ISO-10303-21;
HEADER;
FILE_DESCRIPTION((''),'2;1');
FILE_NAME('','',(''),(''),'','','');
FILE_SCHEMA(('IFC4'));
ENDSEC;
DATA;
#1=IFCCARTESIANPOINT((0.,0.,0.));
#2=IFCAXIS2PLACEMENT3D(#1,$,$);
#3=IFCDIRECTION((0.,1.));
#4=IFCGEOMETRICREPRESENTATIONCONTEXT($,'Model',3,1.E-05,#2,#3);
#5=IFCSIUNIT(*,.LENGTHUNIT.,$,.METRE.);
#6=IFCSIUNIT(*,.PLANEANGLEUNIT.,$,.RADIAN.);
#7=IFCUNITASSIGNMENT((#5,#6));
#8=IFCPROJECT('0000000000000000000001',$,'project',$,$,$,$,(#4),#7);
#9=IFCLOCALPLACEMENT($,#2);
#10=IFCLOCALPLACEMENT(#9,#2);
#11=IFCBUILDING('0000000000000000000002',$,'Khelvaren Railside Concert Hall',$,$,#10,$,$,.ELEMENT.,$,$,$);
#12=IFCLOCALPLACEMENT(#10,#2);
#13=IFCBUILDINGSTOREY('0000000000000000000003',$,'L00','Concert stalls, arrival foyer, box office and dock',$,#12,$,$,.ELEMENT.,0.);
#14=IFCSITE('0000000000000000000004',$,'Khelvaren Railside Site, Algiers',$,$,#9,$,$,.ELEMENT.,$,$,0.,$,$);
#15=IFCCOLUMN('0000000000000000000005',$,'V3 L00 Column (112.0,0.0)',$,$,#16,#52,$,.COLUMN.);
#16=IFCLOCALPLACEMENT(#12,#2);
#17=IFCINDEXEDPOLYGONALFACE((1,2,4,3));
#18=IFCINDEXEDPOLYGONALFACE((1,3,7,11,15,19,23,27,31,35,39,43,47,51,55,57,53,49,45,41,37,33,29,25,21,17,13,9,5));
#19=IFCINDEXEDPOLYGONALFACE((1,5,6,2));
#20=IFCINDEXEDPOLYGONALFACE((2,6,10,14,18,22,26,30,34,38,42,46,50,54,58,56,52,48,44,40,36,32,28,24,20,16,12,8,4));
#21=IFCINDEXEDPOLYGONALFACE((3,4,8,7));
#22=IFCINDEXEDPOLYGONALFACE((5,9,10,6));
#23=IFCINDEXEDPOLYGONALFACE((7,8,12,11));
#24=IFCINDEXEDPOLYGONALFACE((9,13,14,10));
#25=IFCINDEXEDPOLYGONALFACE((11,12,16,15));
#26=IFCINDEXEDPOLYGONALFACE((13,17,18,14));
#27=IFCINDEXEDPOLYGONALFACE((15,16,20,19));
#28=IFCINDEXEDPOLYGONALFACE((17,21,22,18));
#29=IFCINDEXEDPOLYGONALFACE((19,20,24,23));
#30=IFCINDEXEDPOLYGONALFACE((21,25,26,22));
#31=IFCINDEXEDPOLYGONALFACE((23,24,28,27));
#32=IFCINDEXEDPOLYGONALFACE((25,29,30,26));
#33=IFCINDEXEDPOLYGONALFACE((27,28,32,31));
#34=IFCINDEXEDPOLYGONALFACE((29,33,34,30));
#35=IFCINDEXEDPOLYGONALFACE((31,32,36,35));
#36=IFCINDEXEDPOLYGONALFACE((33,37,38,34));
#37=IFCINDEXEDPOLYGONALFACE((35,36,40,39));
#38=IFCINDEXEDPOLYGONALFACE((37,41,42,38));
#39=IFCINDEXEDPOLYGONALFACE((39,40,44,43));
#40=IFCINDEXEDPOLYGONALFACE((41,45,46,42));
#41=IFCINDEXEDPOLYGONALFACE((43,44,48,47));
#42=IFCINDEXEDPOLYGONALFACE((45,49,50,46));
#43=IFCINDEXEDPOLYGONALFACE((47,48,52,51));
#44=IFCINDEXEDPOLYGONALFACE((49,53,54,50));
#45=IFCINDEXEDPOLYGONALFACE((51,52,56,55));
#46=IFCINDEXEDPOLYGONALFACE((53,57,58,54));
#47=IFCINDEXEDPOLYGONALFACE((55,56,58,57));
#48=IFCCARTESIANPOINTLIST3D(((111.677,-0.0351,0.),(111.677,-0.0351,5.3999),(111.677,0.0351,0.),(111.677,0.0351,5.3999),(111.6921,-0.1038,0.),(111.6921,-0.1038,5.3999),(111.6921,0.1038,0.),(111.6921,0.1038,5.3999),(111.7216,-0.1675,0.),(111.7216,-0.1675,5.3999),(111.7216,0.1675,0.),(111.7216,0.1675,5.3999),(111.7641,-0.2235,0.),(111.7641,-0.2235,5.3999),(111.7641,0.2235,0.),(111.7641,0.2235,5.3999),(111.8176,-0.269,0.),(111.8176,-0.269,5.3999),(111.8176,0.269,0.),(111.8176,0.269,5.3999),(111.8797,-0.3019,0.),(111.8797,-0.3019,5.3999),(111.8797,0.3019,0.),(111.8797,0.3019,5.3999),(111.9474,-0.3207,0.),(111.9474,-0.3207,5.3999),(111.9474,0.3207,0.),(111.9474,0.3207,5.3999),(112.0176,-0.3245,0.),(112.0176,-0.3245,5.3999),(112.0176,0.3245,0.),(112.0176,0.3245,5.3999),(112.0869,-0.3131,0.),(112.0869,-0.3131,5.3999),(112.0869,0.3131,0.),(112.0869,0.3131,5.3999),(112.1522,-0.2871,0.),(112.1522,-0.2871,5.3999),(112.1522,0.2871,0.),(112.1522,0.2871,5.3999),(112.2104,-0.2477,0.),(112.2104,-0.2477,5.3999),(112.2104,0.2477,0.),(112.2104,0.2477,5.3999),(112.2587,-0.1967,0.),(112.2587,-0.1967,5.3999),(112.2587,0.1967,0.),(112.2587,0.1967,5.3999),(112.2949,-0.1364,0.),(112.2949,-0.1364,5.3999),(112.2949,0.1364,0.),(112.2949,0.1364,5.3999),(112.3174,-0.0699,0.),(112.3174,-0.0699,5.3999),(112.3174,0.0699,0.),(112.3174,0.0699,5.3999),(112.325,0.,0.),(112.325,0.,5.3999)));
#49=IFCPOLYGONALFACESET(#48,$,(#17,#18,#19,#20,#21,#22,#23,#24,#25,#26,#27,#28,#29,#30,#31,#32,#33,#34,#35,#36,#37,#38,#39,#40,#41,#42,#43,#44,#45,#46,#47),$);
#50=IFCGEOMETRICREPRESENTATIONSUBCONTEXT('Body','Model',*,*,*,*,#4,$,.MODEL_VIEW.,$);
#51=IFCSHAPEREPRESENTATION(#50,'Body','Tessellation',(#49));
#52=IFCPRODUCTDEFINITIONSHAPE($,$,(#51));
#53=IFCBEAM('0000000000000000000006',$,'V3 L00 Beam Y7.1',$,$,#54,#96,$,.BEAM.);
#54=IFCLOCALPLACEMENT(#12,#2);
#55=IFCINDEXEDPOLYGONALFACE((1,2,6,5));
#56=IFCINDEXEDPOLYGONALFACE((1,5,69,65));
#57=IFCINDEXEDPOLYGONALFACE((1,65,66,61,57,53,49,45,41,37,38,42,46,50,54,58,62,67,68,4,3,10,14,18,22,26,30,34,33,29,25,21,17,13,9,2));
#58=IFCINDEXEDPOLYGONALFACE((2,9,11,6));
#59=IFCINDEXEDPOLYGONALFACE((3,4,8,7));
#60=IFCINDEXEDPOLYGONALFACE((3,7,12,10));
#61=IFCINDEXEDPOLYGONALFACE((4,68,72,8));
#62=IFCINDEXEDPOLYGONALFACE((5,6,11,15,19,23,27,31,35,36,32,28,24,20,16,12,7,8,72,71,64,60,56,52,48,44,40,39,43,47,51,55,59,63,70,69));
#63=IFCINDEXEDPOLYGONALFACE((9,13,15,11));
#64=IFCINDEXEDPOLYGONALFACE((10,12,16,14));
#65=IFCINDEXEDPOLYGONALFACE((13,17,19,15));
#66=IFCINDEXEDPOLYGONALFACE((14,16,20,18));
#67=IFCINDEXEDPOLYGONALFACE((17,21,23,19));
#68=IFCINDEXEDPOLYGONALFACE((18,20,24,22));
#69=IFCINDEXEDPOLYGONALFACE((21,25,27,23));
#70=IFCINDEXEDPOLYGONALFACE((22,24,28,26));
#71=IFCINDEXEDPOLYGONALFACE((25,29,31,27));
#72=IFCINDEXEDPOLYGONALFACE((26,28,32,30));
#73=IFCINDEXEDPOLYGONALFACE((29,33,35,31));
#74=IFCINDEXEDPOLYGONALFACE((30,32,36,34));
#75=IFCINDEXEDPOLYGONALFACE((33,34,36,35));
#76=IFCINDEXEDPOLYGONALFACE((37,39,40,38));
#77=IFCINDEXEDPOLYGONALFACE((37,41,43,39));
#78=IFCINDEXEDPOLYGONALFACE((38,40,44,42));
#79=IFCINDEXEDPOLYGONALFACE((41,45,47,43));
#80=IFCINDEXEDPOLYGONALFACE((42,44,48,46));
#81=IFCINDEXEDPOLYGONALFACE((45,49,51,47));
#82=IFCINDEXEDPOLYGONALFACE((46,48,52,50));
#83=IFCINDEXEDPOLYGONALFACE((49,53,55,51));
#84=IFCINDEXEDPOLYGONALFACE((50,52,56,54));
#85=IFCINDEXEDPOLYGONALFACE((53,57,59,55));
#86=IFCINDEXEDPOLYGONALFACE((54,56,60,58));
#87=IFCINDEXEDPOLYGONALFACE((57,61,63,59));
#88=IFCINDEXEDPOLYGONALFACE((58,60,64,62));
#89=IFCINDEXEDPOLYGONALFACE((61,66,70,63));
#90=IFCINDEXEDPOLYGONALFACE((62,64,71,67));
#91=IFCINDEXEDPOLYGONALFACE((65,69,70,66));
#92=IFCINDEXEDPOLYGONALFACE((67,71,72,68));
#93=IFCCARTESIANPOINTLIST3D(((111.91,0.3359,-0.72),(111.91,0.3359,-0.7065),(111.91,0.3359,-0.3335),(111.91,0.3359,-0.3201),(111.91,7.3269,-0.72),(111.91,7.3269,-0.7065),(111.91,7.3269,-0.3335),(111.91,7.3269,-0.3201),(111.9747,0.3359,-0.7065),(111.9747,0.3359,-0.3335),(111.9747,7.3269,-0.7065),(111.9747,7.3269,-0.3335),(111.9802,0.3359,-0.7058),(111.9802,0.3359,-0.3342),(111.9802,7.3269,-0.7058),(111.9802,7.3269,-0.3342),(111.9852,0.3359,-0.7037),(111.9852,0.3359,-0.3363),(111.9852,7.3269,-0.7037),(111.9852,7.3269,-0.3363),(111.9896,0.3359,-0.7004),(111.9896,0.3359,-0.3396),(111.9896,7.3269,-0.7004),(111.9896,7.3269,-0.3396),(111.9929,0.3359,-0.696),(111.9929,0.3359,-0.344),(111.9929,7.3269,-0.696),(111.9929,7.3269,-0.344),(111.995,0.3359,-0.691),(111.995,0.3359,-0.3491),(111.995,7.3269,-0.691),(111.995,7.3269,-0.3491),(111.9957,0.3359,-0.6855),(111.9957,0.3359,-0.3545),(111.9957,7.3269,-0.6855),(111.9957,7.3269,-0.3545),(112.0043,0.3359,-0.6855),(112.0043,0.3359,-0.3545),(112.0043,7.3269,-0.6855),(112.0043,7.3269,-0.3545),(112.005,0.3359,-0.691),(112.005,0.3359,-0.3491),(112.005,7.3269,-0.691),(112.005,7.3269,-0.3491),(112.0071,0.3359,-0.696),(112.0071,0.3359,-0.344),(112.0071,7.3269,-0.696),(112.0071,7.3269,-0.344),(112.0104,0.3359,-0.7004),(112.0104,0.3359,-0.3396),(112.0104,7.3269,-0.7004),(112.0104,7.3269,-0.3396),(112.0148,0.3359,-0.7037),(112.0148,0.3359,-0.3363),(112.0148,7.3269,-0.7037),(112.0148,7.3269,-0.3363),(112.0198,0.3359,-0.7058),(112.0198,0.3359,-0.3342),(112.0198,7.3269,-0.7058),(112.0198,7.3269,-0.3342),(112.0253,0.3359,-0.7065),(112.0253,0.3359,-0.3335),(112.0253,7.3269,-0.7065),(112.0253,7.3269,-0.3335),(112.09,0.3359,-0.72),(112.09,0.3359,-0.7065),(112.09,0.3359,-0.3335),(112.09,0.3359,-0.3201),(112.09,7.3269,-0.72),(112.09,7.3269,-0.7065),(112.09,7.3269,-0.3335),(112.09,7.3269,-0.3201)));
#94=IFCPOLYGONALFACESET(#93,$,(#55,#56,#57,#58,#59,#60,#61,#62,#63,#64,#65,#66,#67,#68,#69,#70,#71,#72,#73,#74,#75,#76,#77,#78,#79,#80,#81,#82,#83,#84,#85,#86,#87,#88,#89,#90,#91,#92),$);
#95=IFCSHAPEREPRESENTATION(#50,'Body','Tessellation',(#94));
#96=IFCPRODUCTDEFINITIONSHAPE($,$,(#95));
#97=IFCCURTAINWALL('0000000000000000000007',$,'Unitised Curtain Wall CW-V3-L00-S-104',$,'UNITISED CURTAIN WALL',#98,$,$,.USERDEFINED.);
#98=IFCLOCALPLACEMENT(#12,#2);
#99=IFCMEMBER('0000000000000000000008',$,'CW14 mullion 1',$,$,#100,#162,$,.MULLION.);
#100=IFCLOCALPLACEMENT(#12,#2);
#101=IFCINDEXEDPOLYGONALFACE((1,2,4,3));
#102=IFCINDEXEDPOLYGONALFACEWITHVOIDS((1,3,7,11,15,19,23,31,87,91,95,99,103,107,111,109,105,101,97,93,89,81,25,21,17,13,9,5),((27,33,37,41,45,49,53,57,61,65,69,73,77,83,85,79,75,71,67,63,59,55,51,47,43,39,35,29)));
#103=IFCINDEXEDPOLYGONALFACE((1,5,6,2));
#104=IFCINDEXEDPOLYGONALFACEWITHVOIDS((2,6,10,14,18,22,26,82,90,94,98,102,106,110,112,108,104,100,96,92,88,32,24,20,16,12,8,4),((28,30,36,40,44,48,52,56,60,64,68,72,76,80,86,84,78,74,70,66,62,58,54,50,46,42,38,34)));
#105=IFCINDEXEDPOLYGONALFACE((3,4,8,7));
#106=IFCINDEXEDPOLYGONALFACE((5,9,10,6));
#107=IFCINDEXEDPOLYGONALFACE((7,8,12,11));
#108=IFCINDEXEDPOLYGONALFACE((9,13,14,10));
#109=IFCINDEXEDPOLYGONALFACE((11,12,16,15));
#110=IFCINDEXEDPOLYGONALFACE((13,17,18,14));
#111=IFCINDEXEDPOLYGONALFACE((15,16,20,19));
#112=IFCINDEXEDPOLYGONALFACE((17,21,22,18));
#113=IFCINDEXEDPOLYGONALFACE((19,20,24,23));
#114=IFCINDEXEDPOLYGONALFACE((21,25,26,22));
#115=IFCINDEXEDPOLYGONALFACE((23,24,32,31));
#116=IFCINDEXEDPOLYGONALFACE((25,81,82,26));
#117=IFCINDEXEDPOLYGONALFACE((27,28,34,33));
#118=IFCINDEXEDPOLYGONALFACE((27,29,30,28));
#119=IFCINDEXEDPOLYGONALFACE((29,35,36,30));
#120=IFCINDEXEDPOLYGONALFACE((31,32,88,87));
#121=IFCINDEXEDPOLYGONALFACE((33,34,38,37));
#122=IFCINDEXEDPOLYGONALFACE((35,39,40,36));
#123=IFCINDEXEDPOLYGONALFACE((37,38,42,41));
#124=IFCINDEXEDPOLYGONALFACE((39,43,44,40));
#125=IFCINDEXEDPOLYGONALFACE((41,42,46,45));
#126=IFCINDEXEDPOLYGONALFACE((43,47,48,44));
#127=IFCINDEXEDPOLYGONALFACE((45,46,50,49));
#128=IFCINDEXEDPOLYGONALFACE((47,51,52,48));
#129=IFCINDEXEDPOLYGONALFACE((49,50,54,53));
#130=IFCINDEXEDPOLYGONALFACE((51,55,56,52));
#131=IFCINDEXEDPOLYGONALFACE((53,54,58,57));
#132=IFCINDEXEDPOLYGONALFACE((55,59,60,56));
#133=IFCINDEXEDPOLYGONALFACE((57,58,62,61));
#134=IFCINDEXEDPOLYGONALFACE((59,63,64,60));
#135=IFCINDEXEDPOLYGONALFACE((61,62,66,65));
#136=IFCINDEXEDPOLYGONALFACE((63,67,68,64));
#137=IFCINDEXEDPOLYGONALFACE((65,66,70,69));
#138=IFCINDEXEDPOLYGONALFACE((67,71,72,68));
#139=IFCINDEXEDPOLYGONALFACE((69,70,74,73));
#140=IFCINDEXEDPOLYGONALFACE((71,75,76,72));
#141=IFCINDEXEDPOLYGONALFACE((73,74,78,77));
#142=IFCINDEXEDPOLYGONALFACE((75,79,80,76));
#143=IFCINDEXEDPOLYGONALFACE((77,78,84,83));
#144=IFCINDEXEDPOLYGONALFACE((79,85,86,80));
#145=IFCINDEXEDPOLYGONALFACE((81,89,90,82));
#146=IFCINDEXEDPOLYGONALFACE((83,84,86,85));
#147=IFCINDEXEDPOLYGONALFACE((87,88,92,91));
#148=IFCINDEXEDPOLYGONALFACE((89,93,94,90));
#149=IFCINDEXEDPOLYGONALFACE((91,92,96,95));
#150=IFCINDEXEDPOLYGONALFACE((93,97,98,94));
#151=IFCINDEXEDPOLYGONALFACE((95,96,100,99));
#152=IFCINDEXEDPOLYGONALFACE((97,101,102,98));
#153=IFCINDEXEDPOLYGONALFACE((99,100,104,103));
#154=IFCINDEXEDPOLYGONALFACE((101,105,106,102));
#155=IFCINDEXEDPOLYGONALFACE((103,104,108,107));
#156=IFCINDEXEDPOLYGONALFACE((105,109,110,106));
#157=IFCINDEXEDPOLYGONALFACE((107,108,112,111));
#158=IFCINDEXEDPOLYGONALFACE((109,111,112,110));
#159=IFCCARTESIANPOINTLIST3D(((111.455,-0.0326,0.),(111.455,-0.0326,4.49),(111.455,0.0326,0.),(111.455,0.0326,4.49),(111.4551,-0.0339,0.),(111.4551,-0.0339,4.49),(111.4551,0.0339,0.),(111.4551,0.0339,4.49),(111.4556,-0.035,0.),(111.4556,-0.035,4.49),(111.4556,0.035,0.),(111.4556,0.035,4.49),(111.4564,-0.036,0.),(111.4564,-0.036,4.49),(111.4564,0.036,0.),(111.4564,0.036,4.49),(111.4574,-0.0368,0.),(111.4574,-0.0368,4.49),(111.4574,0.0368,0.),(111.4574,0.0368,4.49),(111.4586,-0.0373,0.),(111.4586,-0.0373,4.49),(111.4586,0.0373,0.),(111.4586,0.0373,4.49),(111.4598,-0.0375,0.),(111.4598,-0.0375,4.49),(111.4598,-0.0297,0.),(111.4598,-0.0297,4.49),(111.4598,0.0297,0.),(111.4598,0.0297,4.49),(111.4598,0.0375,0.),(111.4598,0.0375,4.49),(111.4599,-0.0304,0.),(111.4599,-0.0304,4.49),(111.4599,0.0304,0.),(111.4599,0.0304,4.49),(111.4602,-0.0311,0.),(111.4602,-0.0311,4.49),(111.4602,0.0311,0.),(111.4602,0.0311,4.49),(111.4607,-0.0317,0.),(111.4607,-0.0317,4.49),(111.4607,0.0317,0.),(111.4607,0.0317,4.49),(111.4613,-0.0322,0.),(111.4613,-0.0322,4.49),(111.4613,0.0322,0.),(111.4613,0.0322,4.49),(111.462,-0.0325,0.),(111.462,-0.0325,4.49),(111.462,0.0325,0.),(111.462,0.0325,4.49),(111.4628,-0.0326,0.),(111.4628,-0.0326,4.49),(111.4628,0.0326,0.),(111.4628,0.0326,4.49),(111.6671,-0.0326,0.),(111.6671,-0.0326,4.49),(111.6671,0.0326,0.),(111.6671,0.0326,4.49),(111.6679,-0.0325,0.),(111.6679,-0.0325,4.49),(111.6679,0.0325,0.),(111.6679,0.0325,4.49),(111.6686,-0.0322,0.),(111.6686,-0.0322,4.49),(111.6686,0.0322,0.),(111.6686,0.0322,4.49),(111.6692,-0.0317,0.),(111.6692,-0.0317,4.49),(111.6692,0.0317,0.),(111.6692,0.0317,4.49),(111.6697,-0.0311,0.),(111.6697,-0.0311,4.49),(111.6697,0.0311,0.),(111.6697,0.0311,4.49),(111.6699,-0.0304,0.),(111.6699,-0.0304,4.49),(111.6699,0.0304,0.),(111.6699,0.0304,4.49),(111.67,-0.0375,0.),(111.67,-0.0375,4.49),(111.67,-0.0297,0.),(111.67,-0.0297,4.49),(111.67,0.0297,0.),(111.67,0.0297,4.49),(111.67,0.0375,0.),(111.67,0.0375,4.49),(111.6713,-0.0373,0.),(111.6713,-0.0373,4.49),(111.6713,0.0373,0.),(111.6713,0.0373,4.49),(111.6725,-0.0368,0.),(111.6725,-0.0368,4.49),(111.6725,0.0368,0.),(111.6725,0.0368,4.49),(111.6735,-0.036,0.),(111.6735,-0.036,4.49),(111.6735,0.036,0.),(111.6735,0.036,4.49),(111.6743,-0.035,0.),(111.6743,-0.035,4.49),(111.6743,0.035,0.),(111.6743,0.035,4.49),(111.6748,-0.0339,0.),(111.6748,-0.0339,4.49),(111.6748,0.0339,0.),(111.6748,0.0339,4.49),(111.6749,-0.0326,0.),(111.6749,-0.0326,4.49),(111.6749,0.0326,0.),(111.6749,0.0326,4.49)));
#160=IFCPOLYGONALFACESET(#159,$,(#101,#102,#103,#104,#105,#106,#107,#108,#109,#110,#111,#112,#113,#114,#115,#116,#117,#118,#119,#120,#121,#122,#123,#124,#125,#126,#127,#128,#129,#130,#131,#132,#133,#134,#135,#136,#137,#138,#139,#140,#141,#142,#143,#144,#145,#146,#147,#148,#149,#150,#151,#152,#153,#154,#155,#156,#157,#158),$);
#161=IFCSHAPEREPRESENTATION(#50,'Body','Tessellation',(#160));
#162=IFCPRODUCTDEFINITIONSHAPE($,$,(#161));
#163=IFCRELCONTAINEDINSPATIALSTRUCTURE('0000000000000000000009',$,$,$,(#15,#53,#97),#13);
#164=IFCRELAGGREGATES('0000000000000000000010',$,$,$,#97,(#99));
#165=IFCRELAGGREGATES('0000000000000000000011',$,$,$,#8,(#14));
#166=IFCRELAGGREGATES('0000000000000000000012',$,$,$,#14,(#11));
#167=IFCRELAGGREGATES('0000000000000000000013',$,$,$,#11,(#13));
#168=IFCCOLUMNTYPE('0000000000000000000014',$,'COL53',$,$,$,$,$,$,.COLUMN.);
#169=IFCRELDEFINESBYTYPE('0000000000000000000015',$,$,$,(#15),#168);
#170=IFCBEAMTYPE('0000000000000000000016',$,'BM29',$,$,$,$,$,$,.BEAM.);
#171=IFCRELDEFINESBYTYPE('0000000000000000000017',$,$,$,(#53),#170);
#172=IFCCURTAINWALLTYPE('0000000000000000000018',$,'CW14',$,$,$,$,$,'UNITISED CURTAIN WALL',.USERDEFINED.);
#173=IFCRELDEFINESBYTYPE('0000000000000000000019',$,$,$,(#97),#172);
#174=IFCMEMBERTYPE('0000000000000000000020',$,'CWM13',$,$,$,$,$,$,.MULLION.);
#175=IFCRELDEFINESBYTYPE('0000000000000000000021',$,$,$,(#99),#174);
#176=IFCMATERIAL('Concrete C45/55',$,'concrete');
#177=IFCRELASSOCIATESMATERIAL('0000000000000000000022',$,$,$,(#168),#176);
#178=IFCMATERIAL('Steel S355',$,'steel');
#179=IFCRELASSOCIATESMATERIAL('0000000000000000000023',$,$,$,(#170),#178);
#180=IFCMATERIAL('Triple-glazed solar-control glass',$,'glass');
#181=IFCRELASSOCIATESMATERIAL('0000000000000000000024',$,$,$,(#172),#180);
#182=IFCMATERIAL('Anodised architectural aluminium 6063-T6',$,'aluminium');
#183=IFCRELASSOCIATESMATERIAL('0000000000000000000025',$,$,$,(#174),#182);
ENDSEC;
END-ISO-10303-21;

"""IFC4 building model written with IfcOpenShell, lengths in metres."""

from ifc_helpers import new_model, si_unit, direction, frame, origin, origin_2d, place, context, subcontext, project, spatial, hollow_rectangle, circle, i_section, extrude, material, material_profile, profile_set, type_object, element, aggregate, save


model = new_model("IFC4")

# Units and contexts
model_context = context("Model", 3, precision=1e-05, world=origin(), true_north=direction((0.0, 1.0)))
body_context = subcontext(model_context, "Body", "Model", "MODEL_VIEW")
ifc_project = project(units=[si_unit("LENGTHUNIT", "METRE"), si_unit("PLANEANGLEUNIT", "RADIAN")], contexts=[model_context])

# Site, building, storey
site_placement = place(None, origin())
site = spatial("IfcSite", under=ifc_project, at=site_placement, Name="Khelvaren Railside Site, Algiers", CompositionType="ELEMENT", RefElevation=0.0)
building_placement = place(site_placement, origin())
building = spatial("IfcBuilding", under=site, at=building_placement, Name="Khelvaren Railside Concert Hall", CompositionType="ELEMENT")
storey_placement = place(building_placement, origin())
storey = spatial("IfcBuildingStorey", under=building, at=storey_placement, Name="L00", Description="Concert stalls, arrival foyer, box office and dock", CompositionType="ELEMENT", Elevation=0.0)

# Column
ifc_material_1 = material(Name="Concrete C45/55", Category="concrete")
ifc_material_profile_1 = material_profile(ifc_material_1, circle(Radius=0.325, at=origin_2d()), Name="RC D650")
ifc_profile_set_1 = profile_set([ifc_material_profile_1], Name="Concrete C45/55")
column_type = type_object("IfcColumnType", Name="COL53", PredefinedType="COLUMN", material=ifc_profile_set_1)
column_placement = place(storey_placement, frame((112.0, 0.0, 0.0), z_axis=(0.0, 0.0, 1.0), x_axis=(1.0, 0.0, 0.0)))
element("IfcColumn", 1, at=column_placement, inside=storey, type_object=column_type, Name="V3 L00 Column (112.0,0.0)", PredefinedType="COLUMN", context=body_context, shape_type="SweptSolid", body=[
    extrude(circle(Radius=0.325, at=origin_2d()), origin(), (0.0, 0.0, 1.0), 5.3999),
])

# Beam
ifc_material_2 = material(Name="Steel S355", Category="steel")
ifc_material_profile_2 = material_profile(ifc_material_2, i_section(OverallWidth=0.1799, OverallDepth=0.3999, WebThickness=0.0085, FlangeThickness=0.0134, FilletRadius=0.021, at=origin_2d()), Name="IPE 400")
ifc_profile_set_2 = profile_set([ifc_material_profile_2], Name="Steel S355")
beam_type_1 = type_object("IfcBeamType", Name="BM29", PredefinedType="BEAM", material=ifc_profile_set_2)
beam_1_placement = place(storey_placement, frame((112.0, 0.3359, -0.52), z_axis=(0.0, 1.0, 0.0), x_axis=(-1.0, 0.0, 0.0)))
element("IfcBeam", 2, at=beam_1_placement, inside=storey, type_object=beam_type_1, Name="V3 L00 Beam Y7.1", PredefinedType="BEAM", context=body_context, shape_type="SweptSolid", body=[
    extrude(i_section(OverallWidth=0.1799, OverallDepth=0.3999, WebThickness=0.0085, FlangeThickness=0.0134, FilletRadius=0.021, at=origin_2d()), origin(), (0.0, 0.0, 1.0), 6.991),
])

# Curtain wall, member
ifc_material_3 = material(Name="Triple-glazed solar-control glass", Category="glass")
curtain_wall_type_1 = type_object("IfcCurtainWallType", Name="CW14", ElementType="UNITISED CURTAIN WALL", PredefinedType="USERDEFINED", material=ifc_material_3)
curtain_wall_1_placement = place(storey_placement, origin())
curtain_wall_1 = element("IfcCurtainWall", 3, at=curtain_wall_1_placement, inside=storey, type_object=curtain_wall_type_1, Name="Unitised Curtain Wall CW-V3-L00-S-104", ObjectType="UNITISED CURTAIN WALL", PredefinedType="USERDEFINED")
ifc_material_4 = material(Name="Anodised architectural aluminium 6063-T6", Category="aluminium")
ifc_material_profile_3 = material_profile(ifc_material_4, hollow_rectangle(XDim=0.075, YDim=0.22, WallThickness=0.0049, InnerFilletRadius=0.0029, OuterFilletRadius=0.0049, at=origin_2d()), Name="CWM 75x220x5")
ifc_profile_set_3 = profile_set([ifc_material_profile_3], Name="Anodised architectural aluminium 6063-T6")
member_type_1 = type_object("IfcMemberType", Name="CWM13", PredefinedType="MULLION", material=ifc_profile_set_3)
member_1_placement = place(storey_placement, frame((111.5649, 0.0, 0.0), z_axis=(0.0, 0.0, 1.0), x_axis=(0.0, -1.0, 0.0)))
member_1 = element("IfcMember", 4, at=member_1_placement, type_object=member_type_1, Name="CW14 mullion 1", PredefinedType="MULLION", context=body_context, shape_type="SweptSolid", body=[
    extrude(hollow_rectangle(XDim=0.075, YDim=0.22, WallThickness=0.0049, InnerFilletRadius=0.0029, OuterFilletRadius=0.0049, at=origin_2d()), origin(), (0.0, 0.0, 1.0), 4.49),
])

aggregate(curtain_wall_1, [member_1])

save(model, "model.ifc")
